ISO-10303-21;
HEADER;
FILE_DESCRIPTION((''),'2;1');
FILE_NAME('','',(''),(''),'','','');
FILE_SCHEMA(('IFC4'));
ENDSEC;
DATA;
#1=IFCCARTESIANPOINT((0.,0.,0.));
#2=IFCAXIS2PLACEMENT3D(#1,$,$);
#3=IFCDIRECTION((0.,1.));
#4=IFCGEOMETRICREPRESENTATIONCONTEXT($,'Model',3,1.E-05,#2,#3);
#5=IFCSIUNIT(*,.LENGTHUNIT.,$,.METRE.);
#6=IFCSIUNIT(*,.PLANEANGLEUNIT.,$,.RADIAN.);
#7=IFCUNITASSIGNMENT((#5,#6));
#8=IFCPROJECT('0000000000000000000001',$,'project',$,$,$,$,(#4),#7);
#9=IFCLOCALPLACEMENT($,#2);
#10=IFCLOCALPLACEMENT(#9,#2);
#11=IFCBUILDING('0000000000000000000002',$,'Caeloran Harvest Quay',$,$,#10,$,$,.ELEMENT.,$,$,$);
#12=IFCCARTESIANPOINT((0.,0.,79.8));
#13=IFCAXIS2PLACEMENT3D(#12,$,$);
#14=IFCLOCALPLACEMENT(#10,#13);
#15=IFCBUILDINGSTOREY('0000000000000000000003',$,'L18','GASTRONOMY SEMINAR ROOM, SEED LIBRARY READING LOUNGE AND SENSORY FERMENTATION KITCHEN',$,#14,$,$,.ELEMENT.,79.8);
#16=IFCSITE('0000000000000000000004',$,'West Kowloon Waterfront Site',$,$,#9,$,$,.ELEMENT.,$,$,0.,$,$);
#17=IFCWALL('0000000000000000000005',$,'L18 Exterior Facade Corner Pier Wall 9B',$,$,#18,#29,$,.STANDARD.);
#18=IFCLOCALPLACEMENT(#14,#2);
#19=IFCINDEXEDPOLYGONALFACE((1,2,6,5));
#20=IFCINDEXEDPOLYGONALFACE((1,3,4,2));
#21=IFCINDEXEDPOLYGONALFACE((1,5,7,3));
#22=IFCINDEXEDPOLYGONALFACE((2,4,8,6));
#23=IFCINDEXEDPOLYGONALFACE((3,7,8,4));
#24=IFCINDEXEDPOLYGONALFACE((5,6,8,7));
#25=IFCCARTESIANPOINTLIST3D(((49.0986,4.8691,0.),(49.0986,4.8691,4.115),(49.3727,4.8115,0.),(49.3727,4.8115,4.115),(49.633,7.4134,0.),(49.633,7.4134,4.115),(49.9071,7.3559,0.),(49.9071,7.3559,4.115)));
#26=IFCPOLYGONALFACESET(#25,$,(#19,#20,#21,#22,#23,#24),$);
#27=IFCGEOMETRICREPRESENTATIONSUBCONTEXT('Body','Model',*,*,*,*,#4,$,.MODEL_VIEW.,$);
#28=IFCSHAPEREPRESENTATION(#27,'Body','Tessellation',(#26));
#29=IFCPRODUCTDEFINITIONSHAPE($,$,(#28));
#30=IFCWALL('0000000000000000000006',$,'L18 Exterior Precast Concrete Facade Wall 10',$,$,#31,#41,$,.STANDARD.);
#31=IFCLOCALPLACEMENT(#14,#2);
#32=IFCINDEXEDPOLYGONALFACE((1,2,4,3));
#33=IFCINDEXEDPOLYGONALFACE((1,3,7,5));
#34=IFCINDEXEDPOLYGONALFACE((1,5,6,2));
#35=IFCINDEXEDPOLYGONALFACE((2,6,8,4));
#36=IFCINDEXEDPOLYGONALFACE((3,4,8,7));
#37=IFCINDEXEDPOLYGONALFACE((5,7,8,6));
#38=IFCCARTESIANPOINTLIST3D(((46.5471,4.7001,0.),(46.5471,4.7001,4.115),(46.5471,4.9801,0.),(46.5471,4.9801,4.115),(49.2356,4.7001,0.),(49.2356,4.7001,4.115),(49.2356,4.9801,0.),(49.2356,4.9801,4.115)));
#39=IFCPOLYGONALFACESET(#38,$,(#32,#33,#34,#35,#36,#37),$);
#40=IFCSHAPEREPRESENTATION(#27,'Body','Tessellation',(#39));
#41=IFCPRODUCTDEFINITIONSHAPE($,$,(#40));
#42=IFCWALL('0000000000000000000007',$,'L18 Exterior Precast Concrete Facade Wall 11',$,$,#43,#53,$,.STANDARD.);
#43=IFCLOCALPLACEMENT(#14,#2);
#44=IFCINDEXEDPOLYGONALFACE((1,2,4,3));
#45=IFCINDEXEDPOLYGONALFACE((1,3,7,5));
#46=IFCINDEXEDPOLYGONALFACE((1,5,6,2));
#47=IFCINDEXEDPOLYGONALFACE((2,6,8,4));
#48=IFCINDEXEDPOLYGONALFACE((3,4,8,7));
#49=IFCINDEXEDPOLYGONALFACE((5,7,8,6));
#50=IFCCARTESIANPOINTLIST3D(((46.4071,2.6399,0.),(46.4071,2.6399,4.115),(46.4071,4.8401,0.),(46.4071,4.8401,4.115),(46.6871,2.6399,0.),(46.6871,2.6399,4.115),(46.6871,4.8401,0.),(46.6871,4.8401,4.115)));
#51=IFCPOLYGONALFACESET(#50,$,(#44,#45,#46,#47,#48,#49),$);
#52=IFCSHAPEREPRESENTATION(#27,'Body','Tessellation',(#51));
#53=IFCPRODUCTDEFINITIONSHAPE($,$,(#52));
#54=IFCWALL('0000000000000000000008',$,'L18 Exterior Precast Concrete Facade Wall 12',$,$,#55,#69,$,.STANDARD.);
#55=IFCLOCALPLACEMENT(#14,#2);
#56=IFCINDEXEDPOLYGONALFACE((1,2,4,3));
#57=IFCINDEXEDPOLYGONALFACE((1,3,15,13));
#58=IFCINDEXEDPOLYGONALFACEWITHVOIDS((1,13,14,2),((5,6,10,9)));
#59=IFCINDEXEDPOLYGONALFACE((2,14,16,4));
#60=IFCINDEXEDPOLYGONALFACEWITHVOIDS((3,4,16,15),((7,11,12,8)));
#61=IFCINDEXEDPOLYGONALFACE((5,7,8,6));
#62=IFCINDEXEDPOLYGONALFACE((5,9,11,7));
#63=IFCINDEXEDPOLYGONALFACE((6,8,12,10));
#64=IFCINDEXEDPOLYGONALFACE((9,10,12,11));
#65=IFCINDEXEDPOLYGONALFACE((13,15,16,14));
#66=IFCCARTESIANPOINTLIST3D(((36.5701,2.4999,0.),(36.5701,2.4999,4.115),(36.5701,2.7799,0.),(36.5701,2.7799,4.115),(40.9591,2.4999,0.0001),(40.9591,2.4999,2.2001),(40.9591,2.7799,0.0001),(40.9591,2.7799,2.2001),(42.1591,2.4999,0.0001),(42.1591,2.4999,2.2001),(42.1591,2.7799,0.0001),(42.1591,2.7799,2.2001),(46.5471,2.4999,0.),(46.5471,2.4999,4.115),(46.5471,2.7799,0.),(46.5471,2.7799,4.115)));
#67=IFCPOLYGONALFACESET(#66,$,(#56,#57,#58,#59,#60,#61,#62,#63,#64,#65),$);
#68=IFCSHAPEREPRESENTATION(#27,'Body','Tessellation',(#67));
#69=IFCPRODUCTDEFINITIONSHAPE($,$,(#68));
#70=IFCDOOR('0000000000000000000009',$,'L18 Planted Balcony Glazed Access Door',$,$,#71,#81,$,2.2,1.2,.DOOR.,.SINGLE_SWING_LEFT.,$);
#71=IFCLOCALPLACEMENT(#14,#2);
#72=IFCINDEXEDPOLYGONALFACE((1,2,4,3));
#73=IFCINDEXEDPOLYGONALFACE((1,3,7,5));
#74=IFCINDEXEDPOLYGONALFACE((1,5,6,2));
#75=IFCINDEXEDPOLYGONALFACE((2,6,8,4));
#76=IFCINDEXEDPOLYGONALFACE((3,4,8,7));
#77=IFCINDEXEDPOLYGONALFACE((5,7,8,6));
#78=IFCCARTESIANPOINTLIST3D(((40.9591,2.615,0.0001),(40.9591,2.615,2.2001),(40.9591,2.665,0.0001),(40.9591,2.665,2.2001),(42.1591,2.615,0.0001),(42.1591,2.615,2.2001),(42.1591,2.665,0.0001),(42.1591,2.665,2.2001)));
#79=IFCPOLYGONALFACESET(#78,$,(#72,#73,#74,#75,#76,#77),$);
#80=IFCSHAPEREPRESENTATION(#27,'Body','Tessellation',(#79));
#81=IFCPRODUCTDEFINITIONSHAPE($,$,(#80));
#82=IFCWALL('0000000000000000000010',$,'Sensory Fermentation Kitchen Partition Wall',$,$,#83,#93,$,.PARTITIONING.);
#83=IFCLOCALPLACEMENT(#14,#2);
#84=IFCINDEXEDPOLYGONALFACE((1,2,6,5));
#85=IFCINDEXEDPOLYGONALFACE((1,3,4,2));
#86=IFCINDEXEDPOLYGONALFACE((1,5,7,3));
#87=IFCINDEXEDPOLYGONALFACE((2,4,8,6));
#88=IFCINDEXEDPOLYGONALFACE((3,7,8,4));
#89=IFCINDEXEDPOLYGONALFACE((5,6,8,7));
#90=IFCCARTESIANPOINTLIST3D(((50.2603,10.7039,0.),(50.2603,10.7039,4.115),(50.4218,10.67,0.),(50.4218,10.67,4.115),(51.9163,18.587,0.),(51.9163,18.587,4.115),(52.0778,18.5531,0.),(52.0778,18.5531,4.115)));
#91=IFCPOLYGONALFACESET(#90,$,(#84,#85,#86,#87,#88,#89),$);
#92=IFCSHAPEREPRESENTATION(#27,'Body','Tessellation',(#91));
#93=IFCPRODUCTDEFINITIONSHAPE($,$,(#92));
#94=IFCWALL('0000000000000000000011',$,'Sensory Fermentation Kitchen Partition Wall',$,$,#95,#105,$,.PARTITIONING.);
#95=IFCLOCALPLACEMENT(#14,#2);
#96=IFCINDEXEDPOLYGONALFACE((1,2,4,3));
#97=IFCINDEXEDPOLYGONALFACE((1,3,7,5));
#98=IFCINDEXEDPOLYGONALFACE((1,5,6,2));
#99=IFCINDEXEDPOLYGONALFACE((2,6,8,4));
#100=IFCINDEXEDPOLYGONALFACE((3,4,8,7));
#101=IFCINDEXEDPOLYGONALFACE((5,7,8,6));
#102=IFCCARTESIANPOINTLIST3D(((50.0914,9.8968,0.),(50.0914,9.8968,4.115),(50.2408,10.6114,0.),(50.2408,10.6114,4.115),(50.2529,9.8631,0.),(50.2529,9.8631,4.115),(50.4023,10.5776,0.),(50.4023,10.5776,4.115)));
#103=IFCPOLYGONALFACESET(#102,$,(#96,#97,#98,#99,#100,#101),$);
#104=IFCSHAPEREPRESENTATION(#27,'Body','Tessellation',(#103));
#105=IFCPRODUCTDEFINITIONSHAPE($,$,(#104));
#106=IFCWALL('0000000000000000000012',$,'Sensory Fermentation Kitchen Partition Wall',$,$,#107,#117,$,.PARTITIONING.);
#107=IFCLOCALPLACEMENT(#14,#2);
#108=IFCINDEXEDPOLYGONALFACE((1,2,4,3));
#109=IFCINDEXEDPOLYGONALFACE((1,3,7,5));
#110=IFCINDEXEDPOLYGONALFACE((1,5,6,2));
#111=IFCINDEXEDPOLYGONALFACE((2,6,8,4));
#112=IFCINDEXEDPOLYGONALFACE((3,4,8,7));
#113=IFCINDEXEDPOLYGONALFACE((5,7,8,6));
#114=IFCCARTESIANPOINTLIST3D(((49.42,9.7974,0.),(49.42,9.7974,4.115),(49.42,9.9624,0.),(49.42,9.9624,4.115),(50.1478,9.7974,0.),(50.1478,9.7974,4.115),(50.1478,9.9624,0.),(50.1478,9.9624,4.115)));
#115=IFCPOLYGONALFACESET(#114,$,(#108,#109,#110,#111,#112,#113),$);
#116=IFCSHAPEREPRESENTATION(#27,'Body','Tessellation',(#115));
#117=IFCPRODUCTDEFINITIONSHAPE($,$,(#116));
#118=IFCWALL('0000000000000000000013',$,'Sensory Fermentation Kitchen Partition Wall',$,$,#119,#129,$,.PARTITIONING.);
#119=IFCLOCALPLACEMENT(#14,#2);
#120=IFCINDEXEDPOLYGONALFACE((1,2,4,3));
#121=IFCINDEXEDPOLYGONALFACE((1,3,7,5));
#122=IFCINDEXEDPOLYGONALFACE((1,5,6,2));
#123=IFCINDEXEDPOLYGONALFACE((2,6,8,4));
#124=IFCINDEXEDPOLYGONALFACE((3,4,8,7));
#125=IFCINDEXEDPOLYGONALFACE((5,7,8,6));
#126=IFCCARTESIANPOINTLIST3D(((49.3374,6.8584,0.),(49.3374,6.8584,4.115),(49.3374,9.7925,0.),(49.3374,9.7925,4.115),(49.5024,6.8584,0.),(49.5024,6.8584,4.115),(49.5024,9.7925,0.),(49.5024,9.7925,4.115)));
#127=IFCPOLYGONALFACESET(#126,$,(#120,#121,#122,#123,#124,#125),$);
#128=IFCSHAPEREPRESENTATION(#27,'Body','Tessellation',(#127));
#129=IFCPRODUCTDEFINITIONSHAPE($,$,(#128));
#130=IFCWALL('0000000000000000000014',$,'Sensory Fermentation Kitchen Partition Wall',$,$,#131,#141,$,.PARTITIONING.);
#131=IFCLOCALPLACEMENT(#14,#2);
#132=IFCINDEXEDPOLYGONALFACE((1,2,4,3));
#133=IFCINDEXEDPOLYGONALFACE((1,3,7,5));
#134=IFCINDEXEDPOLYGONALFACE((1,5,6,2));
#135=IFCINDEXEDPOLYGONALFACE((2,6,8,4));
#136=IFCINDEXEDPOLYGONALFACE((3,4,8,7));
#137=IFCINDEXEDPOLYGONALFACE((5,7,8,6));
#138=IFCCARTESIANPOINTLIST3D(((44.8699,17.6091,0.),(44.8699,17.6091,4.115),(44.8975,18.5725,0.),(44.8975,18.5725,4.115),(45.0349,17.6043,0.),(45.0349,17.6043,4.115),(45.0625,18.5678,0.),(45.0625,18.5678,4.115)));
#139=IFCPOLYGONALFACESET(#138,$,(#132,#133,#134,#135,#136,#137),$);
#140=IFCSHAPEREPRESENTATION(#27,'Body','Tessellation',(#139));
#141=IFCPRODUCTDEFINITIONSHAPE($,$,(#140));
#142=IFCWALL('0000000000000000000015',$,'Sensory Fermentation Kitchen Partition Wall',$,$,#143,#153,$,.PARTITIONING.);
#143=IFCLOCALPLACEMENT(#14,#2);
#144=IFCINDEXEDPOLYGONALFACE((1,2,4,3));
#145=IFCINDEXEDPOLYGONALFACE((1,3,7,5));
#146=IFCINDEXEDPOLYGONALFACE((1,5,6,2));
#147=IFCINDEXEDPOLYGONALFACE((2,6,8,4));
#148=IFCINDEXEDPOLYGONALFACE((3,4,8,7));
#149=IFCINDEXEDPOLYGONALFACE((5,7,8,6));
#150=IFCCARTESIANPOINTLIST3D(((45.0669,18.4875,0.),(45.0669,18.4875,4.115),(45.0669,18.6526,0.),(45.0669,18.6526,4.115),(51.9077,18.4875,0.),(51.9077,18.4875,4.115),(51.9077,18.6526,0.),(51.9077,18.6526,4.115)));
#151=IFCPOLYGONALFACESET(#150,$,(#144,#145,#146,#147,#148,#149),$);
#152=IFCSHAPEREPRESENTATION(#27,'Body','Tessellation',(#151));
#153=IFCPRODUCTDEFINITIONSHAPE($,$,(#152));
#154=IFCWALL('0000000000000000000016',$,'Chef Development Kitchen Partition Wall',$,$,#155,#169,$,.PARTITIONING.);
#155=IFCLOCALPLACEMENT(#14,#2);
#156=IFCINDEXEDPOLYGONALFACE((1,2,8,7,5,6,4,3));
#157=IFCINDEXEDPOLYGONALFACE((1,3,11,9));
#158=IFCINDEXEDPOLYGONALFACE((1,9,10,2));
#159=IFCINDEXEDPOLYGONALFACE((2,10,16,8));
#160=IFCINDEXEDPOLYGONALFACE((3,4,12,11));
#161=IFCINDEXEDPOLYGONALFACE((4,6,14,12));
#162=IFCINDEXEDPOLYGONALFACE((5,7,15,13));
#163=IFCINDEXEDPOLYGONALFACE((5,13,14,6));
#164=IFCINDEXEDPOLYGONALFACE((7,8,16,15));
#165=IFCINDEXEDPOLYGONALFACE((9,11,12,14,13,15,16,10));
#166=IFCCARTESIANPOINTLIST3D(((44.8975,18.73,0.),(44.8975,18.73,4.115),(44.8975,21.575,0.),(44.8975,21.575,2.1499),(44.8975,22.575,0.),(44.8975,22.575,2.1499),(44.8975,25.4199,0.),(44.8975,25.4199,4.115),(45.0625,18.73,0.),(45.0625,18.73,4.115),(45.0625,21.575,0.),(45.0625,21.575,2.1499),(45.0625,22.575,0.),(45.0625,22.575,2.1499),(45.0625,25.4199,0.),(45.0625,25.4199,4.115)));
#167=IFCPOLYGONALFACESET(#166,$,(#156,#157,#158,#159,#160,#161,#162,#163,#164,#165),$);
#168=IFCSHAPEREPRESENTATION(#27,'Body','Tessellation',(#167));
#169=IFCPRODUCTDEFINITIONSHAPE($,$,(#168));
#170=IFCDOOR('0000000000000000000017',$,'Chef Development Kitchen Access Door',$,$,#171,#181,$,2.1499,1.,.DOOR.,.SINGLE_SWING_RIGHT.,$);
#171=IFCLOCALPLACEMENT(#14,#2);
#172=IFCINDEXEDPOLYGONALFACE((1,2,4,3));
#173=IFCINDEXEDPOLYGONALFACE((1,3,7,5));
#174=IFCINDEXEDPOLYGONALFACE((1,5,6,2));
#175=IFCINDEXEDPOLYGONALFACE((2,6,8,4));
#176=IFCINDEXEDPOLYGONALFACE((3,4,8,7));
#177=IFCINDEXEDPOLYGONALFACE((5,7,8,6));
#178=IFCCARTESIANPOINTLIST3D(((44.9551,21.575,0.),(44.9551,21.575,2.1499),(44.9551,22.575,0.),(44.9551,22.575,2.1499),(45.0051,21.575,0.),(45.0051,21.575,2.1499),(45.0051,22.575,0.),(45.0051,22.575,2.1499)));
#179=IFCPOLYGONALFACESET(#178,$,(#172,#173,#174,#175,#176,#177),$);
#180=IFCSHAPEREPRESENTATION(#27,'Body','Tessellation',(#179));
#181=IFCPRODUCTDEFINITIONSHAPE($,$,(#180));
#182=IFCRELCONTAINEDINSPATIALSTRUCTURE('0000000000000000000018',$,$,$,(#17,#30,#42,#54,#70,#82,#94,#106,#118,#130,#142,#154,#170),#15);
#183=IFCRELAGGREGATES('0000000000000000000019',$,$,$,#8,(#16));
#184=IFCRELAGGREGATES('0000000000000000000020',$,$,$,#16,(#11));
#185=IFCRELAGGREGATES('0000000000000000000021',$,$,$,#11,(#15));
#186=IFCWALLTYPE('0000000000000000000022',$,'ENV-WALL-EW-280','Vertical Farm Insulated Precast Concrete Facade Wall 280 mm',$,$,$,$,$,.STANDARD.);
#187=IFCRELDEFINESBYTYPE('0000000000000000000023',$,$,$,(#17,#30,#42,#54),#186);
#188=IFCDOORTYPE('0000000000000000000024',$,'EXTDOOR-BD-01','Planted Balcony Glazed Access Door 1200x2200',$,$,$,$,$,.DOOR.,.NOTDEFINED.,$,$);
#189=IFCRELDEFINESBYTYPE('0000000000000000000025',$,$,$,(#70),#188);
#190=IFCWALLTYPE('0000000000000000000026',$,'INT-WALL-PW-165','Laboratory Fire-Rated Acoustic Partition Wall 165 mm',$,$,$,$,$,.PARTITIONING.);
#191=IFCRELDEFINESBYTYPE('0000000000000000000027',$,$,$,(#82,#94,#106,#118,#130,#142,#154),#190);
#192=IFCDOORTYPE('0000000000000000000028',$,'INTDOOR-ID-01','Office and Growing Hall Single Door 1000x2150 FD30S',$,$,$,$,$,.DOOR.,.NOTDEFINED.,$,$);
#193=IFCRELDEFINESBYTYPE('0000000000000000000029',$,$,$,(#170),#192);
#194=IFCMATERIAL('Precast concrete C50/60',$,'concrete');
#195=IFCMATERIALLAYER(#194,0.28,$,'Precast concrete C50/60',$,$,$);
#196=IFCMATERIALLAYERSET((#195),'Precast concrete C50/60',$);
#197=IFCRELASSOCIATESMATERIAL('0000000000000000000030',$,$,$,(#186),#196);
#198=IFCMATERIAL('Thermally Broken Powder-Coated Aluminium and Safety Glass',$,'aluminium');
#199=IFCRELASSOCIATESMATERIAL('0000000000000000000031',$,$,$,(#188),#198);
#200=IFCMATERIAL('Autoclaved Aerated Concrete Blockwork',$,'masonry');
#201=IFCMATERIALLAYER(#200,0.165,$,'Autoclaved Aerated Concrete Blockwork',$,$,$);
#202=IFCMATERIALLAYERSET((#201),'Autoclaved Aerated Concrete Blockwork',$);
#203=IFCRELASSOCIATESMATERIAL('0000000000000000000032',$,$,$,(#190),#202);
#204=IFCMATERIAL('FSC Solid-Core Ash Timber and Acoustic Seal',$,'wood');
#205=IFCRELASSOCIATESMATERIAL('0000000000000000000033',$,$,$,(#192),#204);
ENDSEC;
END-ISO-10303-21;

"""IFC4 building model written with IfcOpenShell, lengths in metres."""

from ifc_helpers import new_model, si_unit, direction, frame, frame_2d, origin, place, context, subcontext, project, spatial, rectangle, extrude, material, layer, layer_set, type_object, element, fill, save


model = new_model("IFC4")

# Units and contexts
model_context = context("Model", 3, precision=1e-05, world=origin(), true_north=direction((0.0, 1.0)))
body_context = subcontext(model_context, "Body", "Model", "MODEL_VIEW")
ifc_project = project(units=[si_unit("LENGTHUNIT", "METRE"), si_unit("PLANEANGLEUNIT", "RADIAN")], contexts=[model_context])

# Site, building, storey
site_placement = place(None, origin())
site = spatial("IfcSite", under=ifc_project, at=site_placement, Name="West Kowloon Waterfront Site", CompositionType="ELEMENT", RefElevation=0.0)
building_placement = place(site_placement, origin())
building = spatial("IfcBuilding", under=site, at=building_placement, Name="Caeloran Harvest Quay", CompositionType="ELEMENT")
storey_placement = place(building_placement, frame((0.0, 0.0, 79.8)))
storey = spatial("IfcBuildingStorey", under=building, at=storey_placement, Name="L18", Description="GASTRONOMY SEMINAR ROOM, SEED LIBRARY READING LOUNGE AND SENSORY FERMENTATION KITCHEN", CompositionType="ELEMENT", Elevation=79.8)

# Shared definitions
ifc_material_1 = material(Name="Precast concrete C50/60", Category="concrete")

# Walls
ifc_layer_1 = layer(ifc_material_1, 0.28, Name="Precast concrete C50/60")
ifc_layer_set_1 = layer_set([ifc_layer_1], Name="Precast concrete C50/60")
wall_type_1 = type_object("IfcWallType", Name="ENV-WALL-EW-280", Description="Vertical Farm Insulated Precast Concrete Facade Wall 280 mm", PredefinedType="STANDARD", material=ifc_layer_set_1)
wall_1_placement = place(storey_placement, frame((49.77, 7.3845, 0.0), z_axis=(0.0, 0.0, 1.0), x_axis=(-0.205551, -0.978646, 0.0)))
element("IfcWall", 1, at=wall_1_placement, inside=storey, type_object=wall_type_1, Name="L18 Exterior Facade Corner Pier Wall 9B", PredefinedType="STANDARD", context=body_context, shape_type="SweptSolid", body=[
    extrude(rectangle(XDim=2.5999, YDim=0.28, at=frame_2d((1.2998, 0.0))), origin(), (0.0, 0.0, 1.0), 4.115),
])
wall_2_placement = place(storey_placement, frame((49.2356, 4.8401, 0.0), z_axis=(0.0, 0.0, 1.0), x_axis=(-1.0, 0.0, 0.0)))
element("IfcWall", 2, at=wall_2_placement, inside=storey, type_object=wall_type_1, Name="L18 Exterior Precast Concrete Facade Wall 10", PredefinedType="STANDARD", context=body_context, shape_type="SweptSolid", body=[
    extrude(rectangle(XDim=2.6885, YDim=0.28, at=frame_2d((1.3442, 0.0))), origin(), (0.0, 0.0, 1.0), 4.115),
])
wall_3_placement = place(storey_placement, frame((46.5471, 4.8401, 0.0), z_axis=(0.0, 0.0, 1.0), x_axis=(0.0, -1.0, 0.0)))
element("IfcWall", 3, at=wall_3_placement, inside=storey, type_object=wall_type_1, Name="L18 Exterior Precast Concrete Facade Wall 11", PredefinedType="STANDARD", context=body_context, shape_type="SweptSolid", body=[
    extrude(rectangle(XDim=2.2002, YDim=0.28, at=frame_2d((1.1001, 0.0))), origin(), (0.0, 0.0, 1.0), 4.115),
])

# Wall, opening, door
wall_4_placement = place(storey_placement, frame((46.5471, 2.6399, 0.0), z_axis=(0.0, 0.0, 1.0), x_axis=(-1.0, 0.0, 0.0)))
wall_4 = element("IfcWall", 4, at=wall_4_placement, inside=storey, type_object=wall_type_1, Name="L18 Exterior Precast Concrete Facade Wall 12", PredefinedType="STANDARD", context=body_context, shape_type="SweptSolid", body=[
    extrude(rectangle(XDim=9.9771, YDim=0.28, at=frame_2d((4.9885, 0.0))), origin(), (0.0, 0.0, 1.0), 4.115),
])
opening_1_placement = place(wall_4_placement, frame((4.3879, 0.0, 0.0)))
opening_1 = element("IfcOpeningElement", 5, at=opening_1_placement, cuts=wall_4, PredefinedType="OPENING", context=body_context, shape_type="SweptSolid", body=[
    extrude(rectangle(XDim=1.2, YDim=2.2, at=frame_2d((0.6001, 1.1001))), frame((0.0, 0.1499, 0.0), z_axis=(0.0, -1.0, 0.0), x_axis=(1.0, 0.0, 0.0)), (0.0, 0.0, 1.0), 0.3),
])
ifc_material_2 = material(Name="Thermally Broken Powder-Coated Aluminium and Safety Glass", Category="aluminium")
door_type_1 = type_object("IfcDoorType", Name="EXTDOOR-BD-01", Description="Planted Balcony Glazed Access Door 1200x2200", OperationType="NOTDEFINED", PredefinedType="DOOR", material=ifc_material_2)
door_1_placement = place(opening_1_placement, origin())
door_1 = element("IfcDoor", 6, at=door_1_placement, inside=storey, type_object=door_type_1, Name="L18 Planted Balcony Glazed Access Door", OperationType="SINGLE_SWING_LEFT", OverallHeight=2.2, OverallWidth=1.2, PredefinedType="DOOR", context=body_context, shape_type="SweptSolid", body=[
    extrude(rectangle(XDim=1.2, YDim=2.2, at=frame_2d((0.6001, 1.1001))), frame((0.0, 0.0249, 0.0), z_axis=(0.0, -1.0, 0.0), x_axis=(1.0, 0.0, 0.0)), (0.0, 0.0, 1.0), 0.05),
])
fill(opening_1, door_1)

# Walls
ifc_material_3 = material(Name="Autoclaved Aerated Concrete Blockwork", Category="masonry")
ifc_layer_2 = layer(ifc_material_3, 0.165, Name="Autoclaved Aerated Concrete Blockwork")
ifc_layer_set_2 = layer_set([ifc_layer_2], Name="Autoclaved Aerated Concrete Blockwork")
wall_type_2 = type_object("IfcWallType", Name="INT-WALL-PW-165", Description="Laboratory Fire-Rated Acoustic Partition Wall 165 mm", PredefinedType="PARTITIONING", material=ifc_layer_set_2)
wall_5_placement = place(storey_placement, frame((51.9971, 18.5701, 0.0), z_axis=(0.0, 0.0, 1.0), x_axis=(-0.205584, -0.978639, 0.0)))
element("IfcWall", 7, at=wall_5_placement, inside=storey, type_object=wall_type_2, Name="Sensory Fermentation Kitchen Partition Wall", PredefinedType="PARTITIONING", context=body_context, shape_type="SweptSolid", body=[
    extrude(rectangle(XDim=8.0552, YDim=0.165, at=frame_2d((4.0276, 0.0))), origin(), (0.0, 0.0, 1.0), 4.115),
])
wall_6_placement = place(storey_placement, frame((50.3215, 10.5945, 0.0), z_axis=(0.0, 0.0, 1.0), x_axis=(-0.204662, -0.978833, 0.0)))
element("IfcWall", 8, at=wall_6_placement, inside=storey, type_object=wall_type_2, Name="Sensory Fermentation Kitchen Partition Wall", PredefinedType="PARTITIONING", context=body_context, shape_type="SweptSolid", body=[
    extrude(rectangle(XDim=0.73, YDim=0.165, at=frame_2d((0.365, 0.0))), origin(), (0.0, 0.0, 1.0), 4.115),
])
wall_7_placement = place(storey_placement, frame((50.1477, 9.8799, 0.0), z_axis=(0.0, 0.0, 1.0), x_axis=(-1.0, 0.0, 0.0)))
element("IfcWall", 9, at=wall_7_placement, inside=storey, type_object=wall_type_2, Name="Sensory Fermentation Kitchen Partition Wall", PredefinedType="PARTITIONING", context=body_context, shape_type="SweptSolid", body=[
    extrude(rectangle(XDim=0.7278, YDim=0.165, at=frame_2d((0.3638, 0.0))), origin(), (0.0, 0.0, 1.0), 4.115),
])
wall_8_placement = place(storey_placement, frame((49.4199, 9.7925, 0.0), z_axis=(0.0, 0.0, 1.0), x_axis=(0.0, -1.0, 0.0)))
element("IfcWall", 10, at=wall_8_placement, inside=storey, type_object=wall_type_2, Name="Sensory Fermentation Kitchen Partition Wall", PredefinedType="PARTITIONING", context=body_context, shape_type="SweptSolid", body=[
    extrude(rectangle(XDim=2.9341, YDim=0.165, at=frame_2d((1.467, 0.0))), origin(), (0.0, 0.0, 1.0), 4.115),
])
wall_9_placement = place(storey_placement, frame((44.9524, 17.6067, 0.0), z_axis=(0.0, 0.0, 1.0), x_axis=(0.028625, 0.99959, 0.0)))
element("IfcWall", 11, at=wall_9_placement, inside=storey, type_object=wall_type_2, Name="Sensory Fermentation Kitchen Partition Wall", PredefinedType="PARTITIONING", context=body_context, shape_type="SweptSolid", body=[
    extrude(rectangle(XDim=0.9639, YDim=0.165, at=frame_2d((0.4819, 0.0))), origin(), (0.0, 0.0, 1.0), 4.115),
])
wall_10_placement = place(storey_placement, frame((45.0669, 18.5701, 0.0), z_axis=(0.0, 0.0, 1.0), x_axis=(1.0, 0.0, 0.0)))
element("IfcWall", 12, at=wall_10_placement, inside=storey, type_object=wall_type_2, Name="Sensory Fermentation Kitchen Partition Wall", PredefinedType="PARTITIONING", context=body_context, shape_type="SweptSolid", body=[
    extrude(rectangle(XDim=6.8408, YDim=0.165, at=frame_2d((3.4204, 0.0))), origin(), (0.0, 0.0, 1.0), 4.115),
])

# Wall, opening, door
wall_11_placement = place(storey_placement, frame((44.98, 18.73, 0.0), z_axis=(0.0, 0.0, 1.0), x_axis=(0.0, 1.0, 0.0)))
wall_11 = element("IfcWall", 13, at=wall_11_placement, inside=storey, type_object=wall_type_2, Name="Chef Development Kitchen Partition Wall", PredefinedType="PARTITIONING", context=body_context, shape_type="SweptSolid", body=[
    extrude(rectangle(XDim=6.6899, YDim=0.165, at=frame_2d((3.345, 0.0))), origin(), (0.0, 0.0, 1.0), 4.115),
])
opening_2_placement = place(wall_11_placement, frame((2.845, 0.0, 0.0)))
opening_2 = element("IfcOpeningElement", 14, at=opening_2_placement, cuts=wall_11, PredefinedType="OPENING", context=body_context, shape_type="SweptSolid", body=[
    extrude(rectangle(XDim=1.0, YDim=2.1499, at=frame_2d((0.5, 1.075))), frame((0.0, 0.0925, 0.0), z_axis=(0.0, -1.0, 0.0), x_axis=(1.0, 0.0, 0.0)), (0.0, 0.0, 1.0), 0.1851),
])
ifc_material_4 = material(Name="FSC Solid-Core Ash Timber and Acoustic Seal", Category="wood")
door_type_2 = type_object("IfcDoorType", Name="INTDOOR-ID-01", Description="Office and Growing Hall Single Door 1000x2150 FD30S", OperationType="NOTDEFINED", PredefinedType="DOOR", material=ifc_material_4)
door_2_placement = place(opening_2_placement, origin())
door_2 = element("IfcDoor", 15, at=door_2_placement, inside=storey, type_object=door_type_2, Name="Chef Development Kitchen Access Door", OperationType="SINGLE_SWING_RIGHT", OverallHeight=2.1499, OverallWidth=1.0, PredefinedType="DOOR", context=body_context, shape_type="SweptSolid", body=[
    extrude(rectangle(XDim=1.0, YDim=2.1499, at=frame_2d((0.5, 1.075))), frame((0.0, 0.0249, 0.0), z_axis=(0.0, -1.0, 0.0), x_axis=(1.0, 0.0, 0.0)), (0.0, 0.0, 1.0), 0.05),
])
fill(opening_2, door_2)

save(model, "model.ifc")
